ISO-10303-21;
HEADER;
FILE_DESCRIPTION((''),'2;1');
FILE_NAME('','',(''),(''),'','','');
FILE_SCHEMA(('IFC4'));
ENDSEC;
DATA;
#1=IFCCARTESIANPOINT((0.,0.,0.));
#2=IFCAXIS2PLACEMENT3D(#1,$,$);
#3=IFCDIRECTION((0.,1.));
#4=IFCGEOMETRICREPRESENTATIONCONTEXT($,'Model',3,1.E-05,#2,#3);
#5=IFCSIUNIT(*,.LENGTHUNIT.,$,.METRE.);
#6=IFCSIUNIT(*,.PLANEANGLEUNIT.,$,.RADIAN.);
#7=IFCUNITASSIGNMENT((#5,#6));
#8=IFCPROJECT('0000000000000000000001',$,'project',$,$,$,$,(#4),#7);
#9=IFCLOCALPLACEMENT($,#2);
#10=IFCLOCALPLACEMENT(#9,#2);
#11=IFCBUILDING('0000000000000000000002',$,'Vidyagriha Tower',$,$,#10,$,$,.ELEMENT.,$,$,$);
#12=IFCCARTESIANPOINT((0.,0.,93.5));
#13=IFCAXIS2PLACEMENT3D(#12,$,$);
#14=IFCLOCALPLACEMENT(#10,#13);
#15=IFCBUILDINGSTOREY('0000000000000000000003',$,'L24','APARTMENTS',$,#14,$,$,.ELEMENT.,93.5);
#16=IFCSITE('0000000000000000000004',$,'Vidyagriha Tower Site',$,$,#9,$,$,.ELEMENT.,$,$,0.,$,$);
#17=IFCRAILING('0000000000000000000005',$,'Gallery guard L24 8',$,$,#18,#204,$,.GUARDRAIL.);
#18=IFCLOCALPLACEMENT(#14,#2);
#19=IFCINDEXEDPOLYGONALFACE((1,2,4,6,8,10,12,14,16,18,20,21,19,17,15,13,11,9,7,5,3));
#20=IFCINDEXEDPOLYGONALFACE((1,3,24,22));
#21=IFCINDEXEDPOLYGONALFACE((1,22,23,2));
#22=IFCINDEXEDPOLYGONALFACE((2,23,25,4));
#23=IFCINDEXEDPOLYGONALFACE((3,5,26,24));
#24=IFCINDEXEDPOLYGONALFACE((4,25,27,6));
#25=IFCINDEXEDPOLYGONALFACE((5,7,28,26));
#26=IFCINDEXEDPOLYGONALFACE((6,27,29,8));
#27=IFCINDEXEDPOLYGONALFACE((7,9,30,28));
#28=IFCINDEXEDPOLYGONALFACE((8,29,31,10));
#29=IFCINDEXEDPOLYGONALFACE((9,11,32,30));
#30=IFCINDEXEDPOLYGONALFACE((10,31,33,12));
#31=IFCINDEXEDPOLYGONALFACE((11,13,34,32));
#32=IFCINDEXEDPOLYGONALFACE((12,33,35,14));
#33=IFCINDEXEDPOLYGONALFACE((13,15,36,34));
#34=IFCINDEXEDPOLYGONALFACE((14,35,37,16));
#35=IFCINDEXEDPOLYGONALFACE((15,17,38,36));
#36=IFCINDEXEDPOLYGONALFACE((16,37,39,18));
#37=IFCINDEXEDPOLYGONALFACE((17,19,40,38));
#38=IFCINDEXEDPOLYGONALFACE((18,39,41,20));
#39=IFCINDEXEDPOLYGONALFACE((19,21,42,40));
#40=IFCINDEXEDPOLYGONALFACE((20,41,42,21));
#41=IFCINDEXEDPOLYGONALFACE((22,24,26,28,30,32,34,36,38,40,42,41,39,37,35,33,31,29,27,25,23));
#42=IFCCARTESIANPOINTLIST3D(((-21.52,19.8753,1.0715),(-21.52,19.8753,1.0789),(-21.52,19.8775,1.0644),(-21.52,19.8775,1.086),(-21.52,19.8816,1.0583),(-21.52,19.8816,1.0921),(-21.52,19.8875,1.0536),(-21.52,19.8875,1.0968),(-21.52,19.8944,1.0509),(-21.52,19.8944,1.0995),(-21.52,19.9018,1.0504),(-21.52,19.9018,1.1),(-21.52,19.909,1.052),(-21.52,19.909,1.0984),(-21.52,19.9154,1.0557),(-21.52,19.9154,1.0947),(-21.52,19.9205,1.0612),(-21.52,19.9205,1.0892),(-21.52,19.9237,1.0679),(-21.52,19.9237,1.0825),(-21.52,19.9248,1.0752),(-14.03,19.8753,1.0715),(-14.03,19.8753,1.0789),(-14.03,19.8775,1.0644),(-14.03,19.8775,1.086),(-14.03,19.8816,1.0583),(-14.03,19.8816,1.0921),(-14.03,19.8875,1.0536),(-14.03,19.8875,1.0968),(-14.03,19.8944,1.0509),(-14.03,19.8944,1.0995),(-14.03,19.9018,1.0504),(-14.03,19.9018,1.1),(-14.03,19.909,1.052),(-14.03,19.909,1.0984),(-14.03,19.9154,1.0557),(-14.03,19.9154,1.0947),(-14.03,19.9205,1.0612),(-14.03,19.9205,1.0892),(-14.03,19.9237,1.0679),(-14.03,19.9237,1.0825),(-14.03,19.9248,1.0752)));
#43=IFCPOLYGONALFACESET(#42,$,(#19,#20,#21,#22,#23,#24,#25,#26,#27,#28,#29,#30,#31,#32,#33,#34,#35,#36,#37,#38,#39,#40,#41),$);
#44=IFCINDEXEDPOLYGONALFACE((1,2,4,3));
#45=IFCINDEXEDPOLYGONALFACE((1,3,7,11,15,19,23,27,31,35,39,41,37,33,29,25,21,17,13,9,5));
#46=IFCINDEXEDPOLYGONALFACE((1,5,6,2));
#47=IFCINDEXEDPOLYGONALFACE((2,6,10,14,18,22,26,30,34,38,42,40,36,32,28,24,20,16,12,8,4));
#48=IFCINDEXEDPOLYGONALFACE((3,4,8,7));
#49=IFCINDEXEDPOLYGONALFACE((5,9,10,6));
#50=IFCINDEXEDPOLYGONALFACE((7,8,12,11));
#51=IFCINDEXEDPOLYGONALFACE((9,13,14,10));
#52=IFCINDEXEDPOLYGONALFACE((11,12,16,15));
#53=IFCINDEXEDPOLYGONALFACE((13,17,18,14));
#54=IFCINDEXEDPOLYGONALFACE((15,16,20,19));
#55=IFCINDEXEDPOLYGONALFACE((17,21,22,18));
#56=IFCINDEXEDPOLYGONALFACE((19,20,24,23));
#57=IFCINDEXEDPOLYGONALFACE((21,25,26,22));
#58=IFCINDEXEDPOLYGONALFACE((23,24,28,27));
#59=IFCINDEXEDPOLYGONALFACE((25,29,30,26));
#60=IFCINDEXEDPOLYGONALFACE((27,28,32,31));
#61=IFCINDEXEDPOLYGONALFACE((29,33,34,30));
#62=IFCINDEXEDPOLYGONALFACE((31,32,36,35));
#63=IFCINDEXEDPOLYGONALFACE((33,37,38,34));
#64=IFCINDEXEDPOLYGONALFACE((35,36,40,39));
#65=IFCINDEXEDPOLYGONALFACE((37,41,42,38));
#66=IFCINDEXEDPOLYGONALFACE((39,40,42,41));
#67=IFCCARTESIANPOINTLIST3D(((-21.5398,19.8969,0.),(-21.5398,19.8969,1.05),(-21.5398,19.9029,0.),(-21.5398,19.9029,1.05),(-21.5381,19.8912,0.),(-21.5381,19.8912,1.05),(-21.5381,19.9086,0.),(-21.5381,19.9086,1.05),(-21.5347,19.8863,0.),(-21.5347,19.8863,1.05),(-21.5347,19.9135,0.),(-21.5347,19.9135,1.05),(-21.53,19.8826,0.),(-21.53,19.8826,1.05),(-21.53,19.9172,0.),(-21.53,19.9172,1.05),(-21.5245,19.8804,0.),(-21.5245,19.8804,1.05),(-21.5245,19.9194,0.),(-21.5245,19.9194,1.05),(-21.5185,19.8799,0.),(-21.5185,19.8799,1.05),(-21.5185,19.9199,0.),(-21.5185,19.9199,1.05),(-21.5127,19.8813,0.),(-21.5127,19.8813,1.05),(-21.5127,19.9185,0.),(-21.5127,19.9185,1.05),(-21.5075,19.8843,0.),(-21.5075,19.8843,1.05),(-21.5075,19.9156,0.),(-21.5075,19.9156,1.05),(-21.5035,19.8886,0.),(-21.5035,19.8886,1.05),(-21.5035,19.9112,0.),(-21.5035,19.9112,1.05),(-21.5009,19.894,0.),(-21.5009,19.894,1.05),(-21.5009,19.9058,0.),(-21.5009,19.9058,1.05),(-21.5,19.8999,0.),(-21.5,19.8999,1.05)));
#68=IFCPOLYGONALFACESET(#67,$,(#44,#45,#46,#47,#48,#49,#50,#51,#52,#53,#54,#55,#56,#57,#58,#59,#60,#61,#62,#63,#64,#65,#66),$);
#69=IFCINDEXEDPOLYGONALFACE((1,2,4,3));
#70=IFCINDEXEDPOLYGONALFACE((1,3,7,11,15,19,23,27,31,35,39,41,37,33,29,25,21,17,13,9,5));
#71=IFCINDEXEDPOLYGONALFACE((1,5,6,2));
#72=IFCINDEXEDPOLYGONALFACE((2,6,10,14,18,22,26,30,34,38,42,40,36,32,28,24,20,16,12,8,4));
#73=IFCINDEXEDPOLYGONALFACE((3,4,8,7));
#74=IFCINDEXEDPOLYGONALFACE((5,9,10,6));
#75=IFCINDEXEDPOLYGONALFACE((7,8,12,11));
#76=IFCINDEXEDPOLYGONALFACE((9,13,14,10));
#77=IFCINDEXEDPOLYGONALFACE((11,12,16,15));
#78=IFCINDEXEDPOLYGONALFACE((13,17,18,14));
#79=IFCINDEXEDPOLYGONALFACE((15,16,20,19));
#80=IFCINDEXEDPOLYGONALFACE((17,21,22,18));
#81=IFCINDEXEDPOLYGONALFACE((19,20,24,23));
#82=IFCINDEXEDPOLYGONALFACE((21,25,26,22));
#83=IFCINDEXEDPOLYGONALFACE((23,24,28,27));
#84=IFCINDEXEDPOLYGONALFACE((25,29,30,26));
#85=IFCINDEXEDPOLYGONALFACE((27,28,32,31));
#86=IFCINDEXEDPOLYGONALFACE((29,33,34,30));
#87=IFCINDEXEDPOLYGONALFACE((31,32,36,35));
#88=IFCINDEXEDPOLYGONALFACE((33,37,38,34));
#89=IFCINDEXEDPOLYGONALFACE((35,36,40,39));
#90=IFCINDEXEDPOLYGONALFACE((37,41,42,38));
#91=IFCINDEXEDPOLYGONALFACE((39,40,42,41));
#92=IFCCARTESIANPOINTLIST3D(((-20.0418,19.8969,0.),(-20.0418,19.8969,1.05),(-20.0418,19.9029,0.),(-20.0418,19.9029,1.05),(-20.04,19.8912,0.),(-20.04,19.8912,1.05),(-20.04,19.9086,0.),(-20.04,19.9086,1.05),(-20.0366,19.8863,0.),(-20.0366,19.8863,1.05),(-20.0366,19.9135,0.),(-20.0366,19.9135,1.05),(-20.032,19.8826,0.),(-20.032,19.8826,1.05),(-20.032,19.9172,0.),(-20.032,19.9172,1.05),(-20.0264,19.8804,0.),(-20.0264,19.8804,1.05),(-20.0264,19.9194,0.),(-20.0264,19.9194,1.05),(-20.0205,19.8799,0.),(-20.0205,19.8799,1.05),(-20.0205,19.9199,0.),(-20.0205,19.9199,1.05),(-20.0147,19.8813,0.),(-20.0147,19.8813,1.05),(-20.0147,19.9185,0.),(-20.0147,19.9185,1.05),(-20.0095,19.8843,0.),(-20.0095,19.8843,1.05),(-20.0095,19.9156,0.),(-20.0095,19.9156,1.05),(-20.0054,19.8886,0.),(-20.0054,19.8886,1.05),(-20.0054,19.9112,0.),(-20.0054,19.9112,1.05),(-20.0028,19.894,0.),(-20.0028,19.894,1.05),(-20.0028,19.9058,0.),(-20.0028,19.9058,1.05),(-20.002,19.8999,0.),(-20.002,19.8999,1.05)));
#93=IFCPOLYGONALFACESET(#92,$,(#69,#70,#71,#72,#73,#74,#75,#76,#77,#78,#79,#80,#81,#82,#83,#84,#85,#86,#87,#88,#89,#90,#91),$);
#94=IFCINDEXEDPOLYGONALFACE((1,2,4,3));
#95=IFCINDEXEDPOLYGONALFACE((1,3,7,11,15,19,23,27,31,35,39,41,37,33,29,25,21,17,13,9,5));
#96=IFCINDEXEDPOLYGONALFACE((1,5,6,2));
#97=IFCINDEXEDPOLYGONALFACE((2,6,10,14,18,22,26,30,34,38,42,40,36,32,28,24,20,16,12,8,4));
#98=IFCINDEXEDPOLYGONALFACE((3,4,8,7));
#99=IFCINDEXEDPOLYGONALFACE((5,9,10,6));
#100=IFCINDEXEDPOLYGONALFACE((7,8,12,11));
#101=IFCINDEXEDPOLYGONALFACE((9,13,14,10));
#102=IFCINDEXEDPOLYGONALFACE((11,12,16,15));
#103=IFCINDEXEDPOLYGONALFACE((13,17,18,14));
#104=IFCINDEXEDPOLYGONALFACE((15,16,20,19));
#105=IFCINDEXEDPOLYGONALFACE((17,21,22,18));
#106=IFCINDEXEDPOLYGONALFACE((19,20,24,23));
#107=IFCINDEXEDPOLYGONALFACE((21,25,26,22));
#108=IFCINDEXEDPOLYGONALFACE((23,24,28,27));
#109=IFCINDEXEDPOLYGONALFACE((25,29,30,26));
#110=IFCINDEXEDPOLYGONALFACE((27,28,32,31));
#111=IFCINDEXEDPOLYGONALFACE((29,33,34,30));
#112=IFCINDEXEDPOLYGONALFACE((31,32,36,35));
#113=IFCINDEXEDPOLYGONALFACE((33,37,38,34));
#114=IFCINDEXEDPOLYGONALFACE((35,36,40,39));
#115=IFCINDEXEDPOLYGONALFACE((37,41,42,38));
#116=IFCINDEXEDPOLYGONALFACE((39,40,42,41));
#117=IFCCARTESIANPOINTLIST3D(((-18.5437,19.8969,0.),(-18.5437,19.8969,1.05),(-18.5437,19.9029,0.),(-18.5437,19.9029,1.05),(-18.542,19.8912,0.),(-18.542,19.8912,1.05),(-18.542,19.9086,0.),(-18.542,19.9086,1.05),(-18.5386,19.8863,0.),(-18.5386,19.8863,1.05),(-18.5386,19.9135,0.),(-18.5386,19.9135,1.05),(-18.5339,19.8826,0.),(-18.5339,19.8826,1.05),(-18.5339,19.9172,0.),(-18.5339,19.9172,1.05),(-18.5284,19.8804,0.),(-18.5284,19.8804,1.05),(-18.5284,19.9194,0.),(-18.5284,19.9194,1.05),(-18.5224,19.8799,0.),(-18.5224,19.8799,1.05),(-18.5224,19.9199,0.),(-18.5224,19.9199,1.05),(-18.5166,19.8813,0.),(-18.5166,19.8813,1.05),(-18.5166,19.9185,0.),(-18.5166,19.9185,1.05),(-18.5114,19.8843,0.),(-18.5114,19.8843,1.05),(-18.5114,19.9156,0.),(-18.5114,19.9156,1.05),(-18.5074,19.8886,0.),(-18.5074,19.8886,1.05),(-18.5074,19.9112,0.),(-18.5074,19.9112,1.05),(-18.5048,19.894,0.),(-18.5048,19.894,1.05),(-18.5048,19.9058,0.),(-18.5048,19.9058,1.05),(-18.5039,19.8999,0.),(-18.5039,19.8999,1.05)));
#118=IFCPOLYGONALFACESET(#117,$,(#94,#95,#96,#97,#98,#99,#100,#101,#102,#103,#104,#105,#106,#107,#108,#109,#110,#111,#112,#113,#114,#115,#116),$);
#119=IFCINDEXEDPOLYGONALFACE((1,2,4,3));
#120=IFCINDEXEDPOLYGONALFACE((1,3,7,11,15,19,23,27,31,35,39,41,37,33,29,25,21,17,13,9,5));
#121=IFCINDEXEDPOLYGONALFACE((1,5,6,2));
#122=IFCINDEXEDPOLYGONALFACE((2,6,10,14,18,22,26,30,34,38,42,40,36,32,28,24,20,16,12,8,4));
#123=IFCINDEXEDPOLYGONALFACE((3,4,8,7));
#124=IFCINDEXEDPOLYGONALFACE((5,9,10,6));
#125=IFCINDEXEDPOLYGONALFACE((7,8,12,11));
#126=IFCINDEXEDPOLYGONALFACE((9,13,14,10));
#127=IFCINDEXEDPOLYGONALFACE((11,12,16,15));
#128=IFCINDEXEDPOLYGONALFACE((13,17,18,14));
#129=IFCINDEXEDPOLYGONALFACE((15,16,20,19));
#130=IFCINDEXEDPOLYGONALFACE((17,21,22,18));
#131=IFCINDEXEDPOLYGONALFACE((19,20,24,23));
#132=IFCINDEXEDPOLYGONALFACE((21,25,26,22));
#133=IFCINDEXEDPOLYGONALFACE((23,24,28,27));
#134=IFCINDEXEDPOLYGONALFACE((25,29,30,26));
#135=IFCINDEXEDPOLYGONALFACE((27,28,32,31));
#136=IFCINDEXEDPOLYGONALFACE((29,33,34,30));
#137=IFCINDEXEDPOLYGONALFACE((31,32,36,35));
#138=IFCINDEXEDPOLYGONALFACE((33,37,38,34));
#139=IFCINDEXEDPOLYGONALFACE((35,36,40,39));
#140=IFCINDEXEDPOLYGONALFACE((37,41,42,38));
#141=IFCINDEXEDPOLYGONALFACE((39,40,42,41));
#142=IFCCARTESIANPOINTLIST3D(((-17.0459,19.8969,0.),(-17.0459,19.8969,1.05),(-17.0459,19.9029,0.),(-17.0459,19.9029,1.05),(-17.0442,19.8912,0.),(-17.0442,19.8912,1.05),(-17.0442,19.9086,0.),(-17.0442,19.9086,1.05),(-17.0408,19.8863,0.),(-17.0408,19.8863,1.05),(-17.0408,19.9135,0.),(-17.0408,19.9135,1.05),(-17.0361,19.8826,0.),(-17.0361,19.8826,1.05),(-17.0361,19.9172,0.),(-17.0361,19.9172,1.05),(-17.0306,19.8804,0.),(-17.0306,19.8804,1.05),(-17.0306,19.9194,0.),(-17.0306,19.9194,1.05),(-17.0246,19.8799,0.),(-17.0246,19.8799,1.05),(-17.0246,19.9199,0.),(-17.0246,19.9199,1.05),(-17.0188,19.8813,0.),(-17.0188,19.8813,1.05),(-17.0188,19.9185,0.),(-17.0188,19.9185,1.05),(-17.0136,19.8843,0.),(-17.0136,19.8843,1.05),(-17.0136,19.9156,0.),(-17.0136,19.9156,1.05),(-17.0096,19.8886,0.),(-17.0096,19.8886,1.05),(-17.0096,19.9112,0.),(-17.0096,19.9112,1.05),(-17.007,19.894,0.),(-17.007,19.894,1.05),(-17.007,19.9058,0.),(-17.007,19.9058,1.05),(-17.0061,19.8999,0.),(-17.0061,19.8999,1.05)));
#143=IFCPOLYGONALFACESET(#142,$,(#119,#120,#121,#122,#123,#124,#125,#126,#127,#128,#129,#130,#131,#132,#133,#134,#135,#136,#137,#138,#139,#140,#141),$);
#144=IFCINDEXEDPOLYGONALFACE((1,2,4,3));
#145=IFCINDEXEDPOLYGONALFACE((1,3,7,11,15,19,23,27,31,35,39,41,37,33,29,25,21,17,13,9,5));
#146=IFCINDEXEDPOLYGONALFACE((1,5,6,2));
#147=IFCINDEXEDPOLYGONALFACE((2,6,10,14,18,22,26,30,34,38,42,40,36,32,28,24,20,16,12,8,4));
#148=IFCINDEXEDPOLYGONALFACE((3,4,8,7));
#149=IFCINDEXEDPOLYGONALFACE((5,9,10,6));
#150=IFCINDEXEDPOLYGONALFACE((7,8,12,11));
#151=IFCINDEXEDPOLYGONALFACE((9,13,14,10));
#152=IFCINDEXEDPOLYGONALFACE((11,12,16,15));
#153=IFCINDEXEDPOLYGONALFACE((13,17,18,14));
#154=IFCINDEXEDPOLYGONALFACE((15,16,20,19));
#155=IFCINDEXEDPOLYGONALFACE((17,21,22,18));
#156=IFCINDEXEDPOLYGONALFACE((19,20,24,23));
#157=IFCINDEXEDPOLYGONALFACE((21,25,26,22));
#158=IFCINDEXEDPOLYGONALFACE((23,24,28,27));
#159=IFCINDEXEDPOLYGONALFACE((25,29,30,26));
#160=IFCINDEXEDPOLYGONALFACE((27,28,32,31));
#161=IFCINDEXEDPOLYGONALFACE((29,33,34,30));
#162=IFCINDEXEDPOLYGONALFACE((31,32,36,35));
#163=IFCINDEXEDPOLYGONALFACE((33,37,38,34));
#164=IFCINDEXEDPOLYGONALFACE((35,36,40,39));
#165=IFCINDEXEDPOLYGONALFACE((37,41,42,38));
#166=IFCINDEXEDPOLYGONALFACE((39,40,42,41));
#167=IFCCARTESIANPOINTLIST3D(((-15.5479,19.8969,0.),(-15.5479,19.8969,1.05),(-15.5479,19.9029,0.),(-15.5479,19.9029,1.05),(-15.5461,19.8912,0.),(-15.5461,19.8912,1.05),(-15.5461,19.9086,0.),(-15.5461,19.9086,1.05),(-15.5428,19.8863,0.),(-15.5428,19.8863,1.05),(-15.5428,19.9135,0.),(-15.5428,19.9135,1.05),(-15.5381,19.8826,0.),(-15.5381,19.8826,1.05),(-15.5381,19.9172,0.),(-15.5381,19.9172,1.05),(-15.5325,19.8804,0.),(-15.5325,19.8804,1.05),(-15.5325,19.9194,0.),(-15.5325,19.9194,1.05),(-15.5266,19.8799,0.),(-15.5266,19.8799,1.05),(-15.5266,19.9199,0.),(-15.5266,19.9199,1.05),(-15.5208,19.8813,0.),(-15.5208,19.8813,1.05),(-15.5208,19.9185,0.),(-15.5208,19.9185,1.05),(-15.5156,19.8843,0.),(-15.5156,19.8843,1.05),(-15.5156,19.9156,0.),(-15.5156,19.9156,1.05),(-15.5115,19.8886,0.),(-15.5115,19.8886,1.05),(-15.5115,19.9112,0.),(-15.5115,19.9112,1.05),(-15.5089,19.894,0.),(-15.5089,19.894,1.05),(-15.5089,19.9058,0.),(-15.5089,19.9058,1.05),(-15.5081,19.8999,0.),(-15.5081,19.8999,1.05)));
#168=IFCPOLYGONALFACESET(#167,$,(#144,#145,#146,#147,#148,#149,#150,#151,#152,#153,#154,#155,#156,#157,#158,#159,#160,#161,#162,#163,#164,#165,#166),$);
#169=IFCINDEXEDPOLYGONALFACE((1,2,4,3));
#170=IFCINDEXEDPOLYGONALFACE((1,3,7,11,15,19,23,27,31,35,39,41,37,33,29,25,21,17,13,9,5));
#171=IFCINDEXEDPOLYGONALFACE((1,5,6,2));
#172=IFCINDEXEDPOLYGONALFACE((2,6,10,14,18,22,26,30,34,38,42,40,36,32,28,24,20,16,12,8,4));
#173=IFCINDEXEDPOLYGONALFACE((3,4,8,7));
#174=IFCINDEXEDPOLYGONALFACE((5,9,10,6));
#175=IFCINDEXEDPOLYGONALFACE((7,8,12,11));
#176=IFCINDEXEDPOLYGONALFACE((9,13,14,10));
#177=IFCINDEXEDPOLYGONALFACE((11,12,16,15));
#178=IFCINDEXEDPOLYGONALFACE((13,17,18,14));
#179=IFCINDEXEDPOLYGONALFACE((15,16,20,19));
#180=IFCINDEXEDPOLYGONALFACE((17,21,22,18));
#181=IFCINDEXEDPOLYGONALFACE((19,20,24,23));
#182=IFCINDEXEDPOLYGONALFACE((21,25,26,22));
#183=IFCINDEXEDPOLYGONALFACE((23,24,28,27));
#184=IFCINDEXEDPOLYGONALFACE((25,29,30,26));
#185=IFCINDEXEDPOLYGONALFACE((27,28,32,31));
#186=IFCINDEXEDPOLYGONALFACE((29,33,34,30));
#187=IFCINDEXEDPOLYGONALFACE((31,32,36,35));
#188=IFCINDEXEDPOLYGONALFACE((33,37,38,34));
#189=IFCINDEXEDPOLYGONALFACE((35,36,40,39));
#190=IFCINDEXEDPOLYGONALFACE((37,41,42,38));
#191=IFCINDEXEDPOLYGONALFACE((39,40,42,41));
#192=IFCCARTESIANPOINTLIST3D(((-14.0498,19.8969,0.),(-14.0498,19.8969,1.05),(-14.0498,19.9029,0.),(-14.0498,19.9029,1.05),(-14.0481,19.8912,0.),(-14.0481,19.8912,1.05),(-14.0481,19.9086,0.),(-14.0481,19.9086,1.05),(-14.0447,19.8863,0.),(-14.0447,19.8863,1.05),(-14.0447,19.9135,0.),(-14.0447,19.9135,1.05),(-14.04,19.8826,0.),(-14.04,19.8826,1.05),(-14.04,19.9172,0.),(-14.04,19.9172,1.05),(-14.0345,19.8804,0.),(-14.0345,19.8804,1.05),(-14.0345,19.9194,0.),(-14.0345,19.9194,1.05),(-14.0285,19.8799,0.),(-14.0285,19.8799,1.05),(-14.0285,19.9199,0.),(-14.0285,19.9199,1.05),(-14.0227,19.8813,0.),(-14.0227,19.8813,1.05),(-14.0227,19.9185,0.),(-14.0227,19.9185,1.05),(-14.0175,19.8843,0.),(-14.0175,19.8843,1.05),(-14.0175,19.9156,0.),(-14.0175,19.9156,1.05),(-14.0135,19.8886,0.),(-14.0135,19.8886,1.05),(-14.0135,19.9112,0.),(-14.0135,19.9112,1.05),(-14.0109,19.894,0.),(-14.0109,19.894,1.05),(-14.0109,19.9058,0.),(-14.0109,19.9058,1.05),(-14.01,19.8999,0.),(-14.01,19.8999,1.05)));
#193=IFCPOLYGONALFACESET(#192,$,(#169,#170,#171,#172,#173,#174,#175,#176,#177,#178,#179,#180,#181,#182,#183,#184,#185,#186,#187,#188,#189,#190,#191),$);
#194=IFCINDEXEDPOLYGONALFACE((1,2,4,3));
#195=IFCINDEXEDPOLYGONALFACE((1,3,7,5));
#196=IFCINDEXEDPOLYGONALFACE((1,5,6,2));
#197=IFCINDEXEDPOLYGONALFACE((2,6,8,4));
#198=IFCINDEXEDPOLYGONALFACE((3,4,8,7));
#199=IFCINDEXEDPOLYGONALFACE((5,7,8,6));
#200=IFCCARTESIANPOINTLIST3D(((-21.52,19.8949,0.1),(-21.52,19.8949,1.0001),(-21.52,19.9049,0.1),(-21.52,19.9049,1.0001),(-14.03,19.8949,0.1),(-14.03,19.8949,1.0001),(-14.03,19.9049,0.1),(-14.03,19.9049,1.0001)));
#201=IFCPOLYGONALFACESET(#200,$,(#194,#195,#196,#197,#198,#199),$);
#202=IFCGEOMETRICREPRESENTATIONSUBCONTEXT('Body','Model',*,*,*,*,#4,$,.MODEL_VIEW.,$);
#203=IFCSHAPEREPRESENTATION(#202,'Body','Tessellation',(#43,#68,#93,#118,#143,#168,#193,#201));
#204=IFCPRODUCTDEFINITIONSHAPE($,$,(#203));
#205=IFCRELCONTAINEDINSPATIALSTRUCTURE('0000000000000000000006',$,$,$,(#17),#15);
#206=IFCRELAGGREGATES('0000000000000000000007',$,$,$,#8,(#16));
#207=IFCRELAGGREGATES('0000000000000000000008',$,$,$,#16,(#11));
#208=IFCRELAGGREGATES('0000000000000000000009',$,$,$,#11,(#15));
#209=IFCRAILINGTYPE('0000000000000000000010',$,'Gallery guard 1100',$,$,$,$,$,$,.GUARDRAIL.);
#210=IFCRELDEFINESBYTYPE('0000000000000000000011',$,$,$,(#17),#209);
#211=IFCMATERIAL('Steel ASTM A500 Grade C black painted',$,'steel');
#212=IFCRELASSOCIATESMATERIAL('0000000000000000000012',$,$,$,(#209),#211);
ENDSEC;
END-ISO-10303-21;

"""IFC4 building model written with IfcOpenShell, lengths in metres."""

from ifc_helpers import new_model, si_unit, direction, frame, origin, origin_2d, place, context, subcontext, project, spatial, rectangle, circle, extrude, material, type_object, element, save


model = new_model("IFC4")

# Units and contexts
model_context = context("Model", 3, precision=1e-05, world=origin(), true_north=direction((0.0, 1.0)))
body_context = subcontext(model_context, "Body", "Model", "MODEL_VIEW")
ifc_project = project(units=[si_unit("LENGTHUNIT", "METRE"), si_unit("PLANEANGLEUNIT", "RADIAN")], contexts=[model_context])

# Site, building, storey
site_placement = place(None, origin())
site = spatial("IfcSite", under=ifc_project, at=site_placement, Name="Vidyagriha Tower Site", CompositionType="ELEMENT", RefElevation=0.0)
building_placement = place(site_placement, origin())
building = spatial("IfcBuilding", under=site, at=building_placement, Name="Vidyagriha Tower", CompositionType="ELEMENT")
storey_placement = place(building_placement, frame((0.0, 0.0, 93.5)))
storey = spatial("IfcBuildingStorey", under=building, at=storey_placement, Name="L24", Description="APARTMENTS", CompositionType="ELEMENT", Elevation=93.5)

# Railing
ifc_material_1 = material(Name="Steel ASTM A500 Grade C black painted", Category="steel")
railing_type = type_object("IfcRailingType", Name="Gallery guard 1100", PredefinedType="GUARDRAIL", material=ifc_material_1)
railing_1_placement = place(storey_placement, frame((-21.52, 19.8999, 0.0)))
element("IfcRailing", 1, at=railing_1_placement, inside=storey, type_object=railing_type, Name="Gallery guard L24 8", PredefinedType="GUARDRAIL", context=body_context, shape_type="SweptSolid", body=[
    extrude(circle(Radius=0.0249, at=origin_2d()), frame((0.0, 0.0, 1.0752), z_axis=(1.0, 0.0, 0.0), x_axis=(0.0, 1.0, 0.0)), (0.0, 0.0, 1.0), 7.49),
    extrude(circle(Radius=0.02, at=origin_2d()), origin(), (0.0, 0.0, 1.0), 1.05),
    extrude(circle(Radius=0.02, at=origin_2d()), frame((1.498, 0.0, 0.0)), (0.0, 0.0, 1.0), 1.05),
    extrude(circle(Radius=0.02, at=origin_2d()), frame((2.9961, 0.0, 0.0)), (0.0, 0.0, 1.0), 1.05),
    extrude(circle(Radius=0.02, at=origin_2d()), frame((4.4939, 0.0, 0.0)), (0.0, 0.0, 1.0), 1.05),
    extrude(circle(Radius=0.02, at=origin_2d()), frame((5.9919, 0.0, 0.0)), (0.0, 0.0, 1.0), 1.05),
    extrude(circle(Radius=0.02, at=origin_2d()), frame((7.49, 0.0, 0.0)), (0.0, 0.0, 1.0), 1.05),
    extrude(rectangle(XDim=0.01, YDim=0.9001, at=origin_2d()), frame((0.0, 0.0, 0.55), z_axis=(1.0, 0.0, 0.0), x_axis=(0.0, 1.0, 0.0)), (0.0, 0.0, 1.0), 7.49),
])

save(model, "model.ifc")
